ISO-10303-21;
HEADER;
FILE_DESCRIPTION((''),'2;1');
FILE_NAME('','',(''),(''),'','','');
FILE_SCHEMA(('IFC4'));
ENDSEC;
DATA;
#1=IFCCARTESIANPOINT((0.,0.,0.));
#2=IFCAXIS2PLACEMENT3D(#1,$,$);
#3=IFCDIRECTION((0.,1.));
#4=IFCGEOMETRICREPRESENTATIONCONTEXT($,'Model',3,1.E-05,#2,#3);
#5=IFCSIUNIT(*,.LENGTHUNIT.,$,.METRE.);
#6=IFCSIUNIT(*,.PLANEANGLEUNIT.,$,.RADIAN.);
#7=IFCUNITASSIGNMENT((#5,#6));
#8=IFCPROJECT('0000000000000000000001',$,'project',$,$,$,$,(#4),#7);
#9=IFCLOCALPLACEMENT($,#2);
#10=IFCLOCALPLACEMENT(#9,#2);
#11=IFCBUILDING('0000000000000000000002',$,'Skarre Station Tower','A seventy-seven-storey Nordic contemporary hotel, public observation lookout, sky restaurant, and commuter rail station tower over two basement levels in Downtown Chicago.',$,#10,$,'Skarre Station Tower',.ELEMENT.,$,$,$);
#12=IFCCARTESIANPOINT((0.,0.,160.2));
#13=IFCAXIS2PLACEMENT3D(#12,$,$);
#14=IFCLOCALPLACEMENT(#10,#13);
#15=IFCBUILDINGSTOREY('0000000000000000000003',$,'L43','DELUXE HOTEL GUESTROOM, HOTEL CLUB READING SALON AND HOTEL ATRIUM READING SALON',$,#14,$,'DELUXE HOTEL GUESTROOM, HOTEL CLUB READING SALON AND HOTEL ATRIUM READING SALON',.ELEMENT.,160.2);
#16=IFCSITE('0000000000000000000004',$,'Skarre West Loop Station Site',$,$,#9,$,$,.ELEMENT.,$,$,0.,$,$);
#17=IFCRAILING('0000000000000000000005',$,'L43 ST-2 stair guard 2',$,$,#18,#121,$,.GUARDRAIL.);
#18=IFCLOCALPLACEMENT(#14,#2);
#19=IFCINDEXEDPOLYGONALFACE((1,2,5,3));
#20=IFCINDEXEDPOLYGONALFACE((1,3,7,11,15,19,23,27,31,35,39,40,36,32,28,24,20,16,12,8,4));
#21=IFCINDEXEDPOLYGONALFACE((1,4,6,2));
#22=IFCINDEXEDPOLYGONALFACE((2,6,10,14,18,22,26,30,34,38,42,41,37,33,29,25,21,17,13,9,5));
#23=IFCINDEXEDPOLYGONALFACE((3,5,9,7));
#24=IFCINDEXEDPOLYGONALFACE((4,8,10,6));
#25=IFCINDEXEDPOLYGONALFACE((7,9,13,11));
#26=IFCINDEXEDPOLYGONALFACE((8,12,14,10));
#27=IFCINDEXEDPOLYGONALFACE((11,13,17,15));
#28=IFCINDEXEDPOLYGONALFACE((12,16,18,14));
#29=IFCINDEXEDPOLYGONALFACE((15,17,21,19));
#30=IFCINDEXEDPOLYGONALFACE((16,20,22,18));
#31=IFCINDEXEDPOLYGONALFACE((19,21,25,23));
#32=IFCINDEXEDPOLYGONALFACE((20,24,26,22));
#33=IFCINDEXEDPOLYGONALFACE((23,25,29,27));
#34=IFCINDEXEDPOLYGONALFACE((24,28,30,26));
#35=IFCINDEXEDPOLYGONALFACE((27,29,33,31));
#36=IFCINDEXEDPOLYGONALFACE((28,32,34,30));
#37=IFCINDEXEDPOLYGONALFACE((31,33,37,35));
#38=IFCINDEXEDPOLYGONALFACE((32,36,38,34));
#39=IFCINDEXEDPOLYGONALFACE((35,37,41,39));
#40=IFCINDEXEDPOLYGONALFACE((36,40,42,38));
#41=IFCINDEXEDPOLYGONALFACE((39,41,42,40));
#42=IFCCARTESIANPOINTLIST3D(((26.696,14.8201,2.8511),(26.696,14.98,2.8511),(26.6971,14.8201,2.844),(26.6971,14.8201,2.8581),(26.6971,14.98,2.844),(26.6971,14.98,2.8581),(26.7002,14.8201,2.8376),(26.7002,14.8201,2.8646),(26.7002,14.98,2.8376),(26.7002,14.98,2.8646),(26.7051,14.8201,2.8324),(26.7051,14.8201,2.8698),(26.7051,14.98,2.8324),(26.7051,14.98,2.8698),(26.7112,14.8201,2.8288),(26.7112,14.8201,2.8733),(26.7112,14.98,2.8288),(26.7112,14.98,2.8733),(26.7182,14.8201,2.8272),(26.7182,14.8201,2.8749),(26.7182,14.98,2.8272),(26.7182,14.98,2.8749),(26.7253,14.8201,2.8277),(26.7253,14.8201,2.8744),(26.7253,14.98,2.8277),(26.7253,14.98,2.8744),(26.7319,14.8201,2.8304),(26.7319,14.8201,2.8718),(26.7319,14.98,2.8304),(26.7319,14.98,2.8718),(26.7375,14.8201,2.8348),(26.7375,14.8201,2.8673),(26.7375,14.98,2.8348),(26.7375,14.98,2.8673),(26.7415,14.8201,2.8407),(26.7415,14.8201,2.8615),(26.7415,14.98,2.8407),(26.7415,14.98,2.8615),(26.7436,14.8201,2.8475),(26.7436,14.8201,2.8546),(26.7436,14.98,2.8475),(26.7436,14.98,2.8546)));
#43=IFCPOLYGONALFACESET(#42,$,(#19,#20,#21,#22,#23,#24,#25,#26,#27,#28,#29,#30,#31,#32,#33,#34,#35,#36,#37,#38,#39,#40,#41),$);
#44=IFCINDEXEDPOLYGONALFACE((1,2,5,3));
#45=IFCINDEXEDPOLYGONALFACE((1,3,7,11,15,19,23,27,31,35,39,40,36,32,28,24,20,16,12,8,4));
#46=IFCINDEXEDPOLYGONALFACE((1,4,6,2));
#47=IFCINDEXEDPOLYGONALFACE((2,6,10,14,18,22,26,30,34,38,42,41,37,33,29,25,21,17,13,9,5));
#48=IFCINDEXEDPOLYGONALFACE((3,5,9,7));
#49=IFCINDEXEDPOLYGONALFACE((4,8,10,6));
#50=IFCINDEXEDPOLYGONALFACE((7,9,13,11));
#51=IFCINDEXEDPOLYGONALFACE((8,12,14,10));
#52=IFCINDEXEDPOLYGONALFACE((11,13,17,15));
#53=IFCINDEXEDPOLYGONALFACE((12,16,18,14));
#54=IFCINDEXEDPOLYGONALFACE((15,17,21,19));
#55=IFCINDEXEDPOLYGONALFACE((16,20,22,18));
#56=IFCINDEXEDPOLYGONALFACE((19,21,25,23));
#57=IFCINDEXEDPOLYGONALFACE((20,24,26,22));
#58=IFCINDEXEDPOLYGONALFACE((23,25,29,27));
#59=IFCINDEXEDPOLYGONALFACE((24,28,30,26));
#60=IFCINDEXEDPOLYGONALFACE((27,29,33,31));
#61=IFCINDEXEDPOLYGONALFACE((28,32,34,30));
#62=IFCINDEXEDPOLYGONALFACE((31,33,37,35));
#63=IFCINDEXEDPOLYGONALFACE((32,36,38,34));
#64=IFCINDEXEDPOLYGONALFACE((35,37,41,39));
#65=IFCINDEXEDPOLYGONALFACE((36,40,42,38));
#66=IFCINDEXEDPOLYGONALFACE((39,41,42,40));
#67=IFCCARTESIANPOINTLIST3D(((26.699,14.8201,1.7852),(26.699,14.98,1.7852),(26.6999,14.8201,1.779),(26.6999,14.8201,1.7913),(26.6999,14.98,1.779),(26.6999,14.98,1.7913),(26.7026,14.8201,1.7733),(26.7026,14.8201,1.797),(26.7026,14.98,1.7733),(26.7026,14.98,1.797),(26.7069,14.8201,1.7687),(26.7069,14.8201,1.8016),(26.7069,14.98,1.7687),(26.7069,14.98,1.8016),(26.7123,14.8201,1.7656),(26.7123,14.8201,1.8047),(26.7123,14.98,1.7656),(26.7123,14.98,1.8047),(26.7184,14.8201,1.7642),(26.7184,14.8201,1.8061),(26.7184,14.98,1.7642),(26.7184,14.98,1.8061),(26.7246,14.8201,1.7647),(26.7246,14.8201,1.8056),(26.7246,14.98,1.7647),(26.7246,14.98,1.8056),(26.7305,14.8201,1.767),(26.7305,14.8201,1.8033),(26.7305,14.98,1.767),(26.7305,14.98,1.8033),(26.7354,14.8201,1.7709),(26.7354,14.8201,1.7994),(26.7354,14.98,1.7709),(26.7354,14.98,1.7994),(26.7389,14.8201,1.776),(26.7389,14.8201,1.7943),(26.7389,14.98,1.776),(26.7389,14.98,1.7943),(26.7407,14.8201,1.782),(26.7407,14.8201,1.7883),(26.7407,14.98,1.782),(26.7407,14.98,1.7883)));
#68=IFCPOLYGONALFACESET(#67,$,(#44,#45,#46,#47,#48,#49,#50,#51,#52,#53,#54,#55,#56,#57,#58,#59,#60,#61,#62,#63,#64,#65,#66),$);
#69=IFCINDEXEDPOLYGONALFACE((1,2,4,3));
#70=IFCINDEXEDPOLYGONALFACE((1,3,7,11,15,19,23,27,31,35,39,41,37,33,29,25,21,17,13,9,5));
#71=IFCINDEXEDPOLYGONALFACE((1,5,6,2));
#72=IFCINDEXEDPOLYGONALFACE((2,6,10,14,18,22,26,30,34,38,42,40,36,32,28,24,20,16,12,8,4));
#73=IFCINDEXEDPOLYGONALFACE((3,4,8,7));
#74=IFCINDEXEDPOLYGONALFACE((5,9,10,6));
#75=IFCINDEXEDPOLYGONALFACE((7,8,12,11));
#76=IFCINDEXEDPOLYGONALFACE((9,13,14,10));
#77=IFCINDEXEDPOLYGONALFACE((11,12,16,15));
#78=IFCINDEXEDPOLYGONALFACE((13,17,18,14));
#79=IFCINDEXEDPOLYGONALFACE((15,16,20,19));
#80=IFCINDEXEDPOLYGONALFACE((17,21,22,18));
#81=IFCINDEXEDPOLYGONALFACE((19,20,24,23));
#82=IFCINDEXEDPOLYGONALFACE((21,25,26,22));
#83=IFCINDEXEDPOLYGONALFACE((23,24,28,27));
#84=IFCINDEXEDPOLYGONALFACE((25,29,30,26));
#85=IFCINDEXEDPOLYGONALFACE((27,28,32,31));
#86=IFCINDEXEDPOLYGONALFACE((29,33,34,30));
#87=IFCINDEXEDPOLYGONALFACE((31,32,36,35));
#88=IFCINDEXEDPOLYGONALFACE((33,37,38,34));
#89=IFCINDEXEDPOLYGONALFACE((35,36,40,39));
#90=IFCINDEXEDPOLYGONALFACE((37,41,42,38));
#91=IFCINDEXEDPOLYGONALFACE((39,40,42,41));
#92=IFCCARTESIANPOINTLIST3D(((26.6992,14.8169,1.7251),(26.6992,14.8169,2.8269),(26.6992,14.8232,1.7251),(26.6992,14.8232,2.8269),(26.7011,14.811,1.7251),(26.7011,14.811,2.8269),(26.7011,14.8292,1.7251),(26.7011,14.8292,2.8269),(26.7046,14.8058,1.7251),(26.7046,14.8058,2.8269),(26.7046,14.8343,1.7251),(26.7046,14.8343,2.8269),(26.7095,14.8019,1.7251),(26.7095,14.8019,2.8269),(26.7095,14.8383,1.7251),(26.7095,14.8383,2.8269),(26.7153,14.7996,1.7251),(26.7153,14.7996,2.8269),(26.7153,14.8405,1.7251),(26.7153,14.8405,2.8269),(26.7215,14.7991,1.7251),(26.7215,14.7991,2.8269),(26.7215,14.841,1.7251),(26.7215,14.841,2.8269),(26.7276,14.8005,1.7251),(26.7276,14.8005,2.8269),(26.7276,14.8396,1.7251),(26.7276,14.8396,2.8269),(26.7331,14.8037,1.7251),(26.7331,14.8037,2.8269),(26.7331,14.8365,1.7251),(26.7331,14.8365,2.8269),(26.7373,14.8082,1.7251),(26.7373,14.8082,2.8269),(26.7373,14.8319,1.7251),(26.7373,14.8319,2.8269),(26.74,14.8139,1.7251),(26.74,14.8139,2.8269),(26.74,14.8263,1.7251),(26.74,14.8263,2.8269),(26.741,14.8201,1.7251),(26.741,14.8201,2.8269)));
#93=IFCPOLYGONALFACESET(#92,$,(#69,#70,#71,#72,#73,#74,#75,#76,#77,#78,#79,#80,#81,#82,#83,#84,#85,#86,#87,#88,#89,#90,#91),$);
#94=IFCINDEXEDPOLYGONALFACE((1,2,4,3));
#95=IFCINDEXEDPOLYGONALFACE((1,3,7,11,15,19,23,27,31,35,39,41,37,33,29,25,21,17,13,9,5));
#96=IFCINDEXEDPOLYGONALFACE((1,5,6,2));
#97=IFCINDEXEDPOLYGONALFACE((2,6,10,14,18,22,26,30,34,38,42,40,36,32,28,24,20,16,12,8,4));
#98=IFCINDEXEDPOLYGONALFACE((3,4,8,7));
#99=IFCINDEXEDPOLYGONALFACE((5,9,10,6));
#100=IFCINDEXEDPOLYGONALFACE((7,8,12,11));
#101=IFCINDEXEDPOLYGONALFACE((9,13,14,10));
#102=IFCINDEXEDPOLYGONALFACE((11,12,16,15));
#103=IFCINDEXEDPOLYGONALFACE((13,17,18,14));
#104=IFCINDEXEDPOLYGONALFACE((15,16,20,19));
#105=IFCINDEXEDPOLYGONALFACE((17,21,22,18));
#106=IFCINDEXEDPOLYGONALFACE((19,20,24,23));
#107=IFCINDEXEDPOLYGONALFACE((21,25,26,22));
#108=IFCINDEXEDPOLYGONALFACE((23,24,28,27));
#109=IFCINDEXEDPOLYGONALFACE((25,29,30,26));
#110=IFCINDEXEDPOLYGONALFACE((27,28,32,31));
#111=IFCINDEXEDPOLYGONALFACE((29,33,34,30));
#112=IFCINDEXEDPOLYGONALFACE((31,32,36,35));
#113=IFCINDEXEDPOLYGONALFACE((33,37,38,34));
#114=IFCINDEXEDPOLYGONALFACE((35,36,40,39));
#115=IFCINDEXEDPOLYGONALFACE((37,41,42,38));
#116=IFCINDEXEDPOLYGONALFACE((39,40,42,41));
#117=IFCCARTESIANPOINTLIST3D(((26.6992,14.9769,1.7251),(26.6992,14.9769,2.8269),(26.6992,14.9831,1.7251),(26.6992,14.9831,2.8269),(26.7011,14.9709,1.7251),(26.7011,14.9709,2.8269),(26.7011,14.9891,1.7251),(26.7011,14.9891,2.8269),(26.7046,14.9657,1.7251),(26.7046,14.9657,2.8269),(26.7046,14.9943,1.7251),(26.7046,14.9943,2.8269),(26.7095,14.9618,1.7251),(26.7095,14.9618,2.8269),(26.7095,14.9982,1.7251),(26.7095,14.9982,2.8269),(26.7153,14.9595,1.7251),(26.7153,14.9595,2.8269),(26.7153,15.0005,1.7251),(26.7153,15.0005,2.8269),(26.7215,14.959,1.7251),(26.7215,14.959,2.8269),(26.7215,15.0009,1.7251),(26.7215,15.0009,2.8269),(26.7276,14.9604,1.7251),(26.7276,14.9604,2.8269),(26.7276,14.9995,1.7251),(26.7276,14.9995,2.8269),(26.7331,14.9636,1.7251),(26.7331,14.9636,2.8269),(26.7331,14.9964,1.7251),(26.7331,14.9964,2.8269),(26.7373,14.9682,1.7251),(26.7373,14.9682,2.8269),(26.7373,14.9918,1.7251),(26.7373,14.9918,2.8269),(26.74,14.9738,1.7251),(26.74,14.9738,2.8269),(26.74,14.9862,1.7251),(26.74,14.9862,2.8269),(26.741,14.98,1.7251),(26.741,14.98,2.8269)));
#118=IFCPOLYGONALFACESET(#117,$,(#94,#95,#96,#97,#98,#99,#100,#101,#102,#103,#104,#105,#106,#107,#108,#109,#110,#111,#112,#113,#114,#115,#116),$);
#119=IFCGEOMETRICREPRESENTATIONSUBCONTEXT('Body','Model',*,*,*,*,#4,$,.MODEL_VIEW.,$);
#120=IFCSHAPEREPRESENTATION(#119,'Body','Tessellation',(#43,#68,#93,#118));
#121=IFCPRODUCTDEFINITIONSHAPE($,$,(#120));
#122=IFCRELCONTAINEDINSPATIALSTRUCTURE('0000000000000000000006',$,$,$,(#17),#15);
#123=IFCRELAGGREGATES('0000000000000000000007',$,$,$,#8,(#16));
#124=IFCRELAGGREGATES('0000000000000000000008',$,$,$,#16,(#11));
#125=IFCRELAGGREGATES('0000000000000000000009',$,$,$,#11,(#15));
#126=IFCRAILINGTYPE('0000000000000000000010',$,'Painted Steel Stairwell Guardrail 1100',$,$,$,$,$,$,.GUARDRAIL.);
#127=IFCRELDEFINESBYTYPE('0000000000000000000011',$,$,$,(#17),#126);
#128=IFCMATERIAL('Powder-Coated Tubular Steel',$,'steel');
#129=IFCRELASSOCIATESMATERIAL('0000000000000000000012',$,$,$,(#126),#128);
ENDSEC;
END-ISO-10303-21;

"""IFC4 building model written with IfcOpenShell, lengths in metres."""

from ifc_helpers import new_model, si_unit, direction, frame, origin, origin_2d, place, context, subcontext, project, spatial, circle, extrude, material, type_object, element, save


model = new_model("IFC4")

# Units and contexts
model_context = context("Model", 3, precision=1e-05, world=origin(), true_north=direction((0.0, 1.0)))
body_context = subcontext(model_context, "Body", "Model", "MODEL_VIEW")
ifc_project = project(units=[si_unit("LENGTHUNIT", "METRE"), si_unit("PLANEANGLEUNIT", "RADIAN")], contexts=[model_context])

# Site, building, storey
site_placement = place(None, origin())
site = spatial("IfcSite", under=ifc_project, at=site_placement, Name="Skarre West Loop Station Site", CompositionType="ELEMENT", RefElevation=0.0)
building_placement = place(site_placement, origin())
building = spatial("IfcBuilding", under=site, at=building_placement, Name="Skarre Station Tower", Description="A seventy-seven-storey Nordic contemporary hotel, public observation lookout, sky restaurant, and commuter rail station tower over two basement levels in Downtown Chicago.", LongName="Skarre Station Tower", CompositionType="ELEMENT")
storey_placement = place(building_placement, frame((0.0, 0.0, 160.2)))
storey = spatial("IfcBuildingStorey", under=building, at=storey_placement, Name="L43", Description="DELUXE HOTEL GUESTROOM, HOTEL CLUB READING SALON AND HOTEL ATRIUM READING SALON", LongName="DELUXE HOTEL GUESTROOM, HOTEL CLUB READING SALON AND HOTEL ATRIUM READING SALON", CompositionType="ELEMENT", Elevation=160.2)

# Railing
ifc_material_1 = material(Name="Powder-Coated Tubular Steel", Category="steel")
railing_type_1 = type_object("IfcRailingType", Name="Painted Steel Stairwell Guardrail 1100", PredefinedType="GUARDRAIL", material=ifc_material_1)
railing_1_placement = place(storey_placement, frame((26.72, 14.8201, 1.7251)))
element("IfcRailing", 1, at=railing_1_placement, inside=storey, type_object=railing_type_1, Name="L43 ST-2 stair guard 2", PredefinedType="GUARDRAIL", context=body_context, shape_type="SweptSolid", body=[
    extrude(circle(Radius=0.0239, at=origin_2d()), frame((0.0, 0.0, 1.126), z_axis=(0.0, 1.0, 0.0), x_axis=(-1.0, 0.0, 0.0)), (0.0, 0.0, 1.0), 0.1599),
    extrude(circle(Radius=0.021, at=origin_2d()), frame((0.0, 0.0, 0.0601), z_axis=(0.0, 1.0, 0.0), x_axis=(-1.0, 0.0, 0.0)), (0.0, 0.0, 1.0), 0.1599),
    extrude(circle(Radius=0.021, at=origin_2d()), origin(), (0.0, 0.0, 1.0), 1.1018),
    extrude(circle(Radius=0.021, at=origin_2d()), frame((0.0, 0.1599, 0.0)), (0.0, 0.0, 1.0), 1.1018),
])

save(model, "model.ifc")
